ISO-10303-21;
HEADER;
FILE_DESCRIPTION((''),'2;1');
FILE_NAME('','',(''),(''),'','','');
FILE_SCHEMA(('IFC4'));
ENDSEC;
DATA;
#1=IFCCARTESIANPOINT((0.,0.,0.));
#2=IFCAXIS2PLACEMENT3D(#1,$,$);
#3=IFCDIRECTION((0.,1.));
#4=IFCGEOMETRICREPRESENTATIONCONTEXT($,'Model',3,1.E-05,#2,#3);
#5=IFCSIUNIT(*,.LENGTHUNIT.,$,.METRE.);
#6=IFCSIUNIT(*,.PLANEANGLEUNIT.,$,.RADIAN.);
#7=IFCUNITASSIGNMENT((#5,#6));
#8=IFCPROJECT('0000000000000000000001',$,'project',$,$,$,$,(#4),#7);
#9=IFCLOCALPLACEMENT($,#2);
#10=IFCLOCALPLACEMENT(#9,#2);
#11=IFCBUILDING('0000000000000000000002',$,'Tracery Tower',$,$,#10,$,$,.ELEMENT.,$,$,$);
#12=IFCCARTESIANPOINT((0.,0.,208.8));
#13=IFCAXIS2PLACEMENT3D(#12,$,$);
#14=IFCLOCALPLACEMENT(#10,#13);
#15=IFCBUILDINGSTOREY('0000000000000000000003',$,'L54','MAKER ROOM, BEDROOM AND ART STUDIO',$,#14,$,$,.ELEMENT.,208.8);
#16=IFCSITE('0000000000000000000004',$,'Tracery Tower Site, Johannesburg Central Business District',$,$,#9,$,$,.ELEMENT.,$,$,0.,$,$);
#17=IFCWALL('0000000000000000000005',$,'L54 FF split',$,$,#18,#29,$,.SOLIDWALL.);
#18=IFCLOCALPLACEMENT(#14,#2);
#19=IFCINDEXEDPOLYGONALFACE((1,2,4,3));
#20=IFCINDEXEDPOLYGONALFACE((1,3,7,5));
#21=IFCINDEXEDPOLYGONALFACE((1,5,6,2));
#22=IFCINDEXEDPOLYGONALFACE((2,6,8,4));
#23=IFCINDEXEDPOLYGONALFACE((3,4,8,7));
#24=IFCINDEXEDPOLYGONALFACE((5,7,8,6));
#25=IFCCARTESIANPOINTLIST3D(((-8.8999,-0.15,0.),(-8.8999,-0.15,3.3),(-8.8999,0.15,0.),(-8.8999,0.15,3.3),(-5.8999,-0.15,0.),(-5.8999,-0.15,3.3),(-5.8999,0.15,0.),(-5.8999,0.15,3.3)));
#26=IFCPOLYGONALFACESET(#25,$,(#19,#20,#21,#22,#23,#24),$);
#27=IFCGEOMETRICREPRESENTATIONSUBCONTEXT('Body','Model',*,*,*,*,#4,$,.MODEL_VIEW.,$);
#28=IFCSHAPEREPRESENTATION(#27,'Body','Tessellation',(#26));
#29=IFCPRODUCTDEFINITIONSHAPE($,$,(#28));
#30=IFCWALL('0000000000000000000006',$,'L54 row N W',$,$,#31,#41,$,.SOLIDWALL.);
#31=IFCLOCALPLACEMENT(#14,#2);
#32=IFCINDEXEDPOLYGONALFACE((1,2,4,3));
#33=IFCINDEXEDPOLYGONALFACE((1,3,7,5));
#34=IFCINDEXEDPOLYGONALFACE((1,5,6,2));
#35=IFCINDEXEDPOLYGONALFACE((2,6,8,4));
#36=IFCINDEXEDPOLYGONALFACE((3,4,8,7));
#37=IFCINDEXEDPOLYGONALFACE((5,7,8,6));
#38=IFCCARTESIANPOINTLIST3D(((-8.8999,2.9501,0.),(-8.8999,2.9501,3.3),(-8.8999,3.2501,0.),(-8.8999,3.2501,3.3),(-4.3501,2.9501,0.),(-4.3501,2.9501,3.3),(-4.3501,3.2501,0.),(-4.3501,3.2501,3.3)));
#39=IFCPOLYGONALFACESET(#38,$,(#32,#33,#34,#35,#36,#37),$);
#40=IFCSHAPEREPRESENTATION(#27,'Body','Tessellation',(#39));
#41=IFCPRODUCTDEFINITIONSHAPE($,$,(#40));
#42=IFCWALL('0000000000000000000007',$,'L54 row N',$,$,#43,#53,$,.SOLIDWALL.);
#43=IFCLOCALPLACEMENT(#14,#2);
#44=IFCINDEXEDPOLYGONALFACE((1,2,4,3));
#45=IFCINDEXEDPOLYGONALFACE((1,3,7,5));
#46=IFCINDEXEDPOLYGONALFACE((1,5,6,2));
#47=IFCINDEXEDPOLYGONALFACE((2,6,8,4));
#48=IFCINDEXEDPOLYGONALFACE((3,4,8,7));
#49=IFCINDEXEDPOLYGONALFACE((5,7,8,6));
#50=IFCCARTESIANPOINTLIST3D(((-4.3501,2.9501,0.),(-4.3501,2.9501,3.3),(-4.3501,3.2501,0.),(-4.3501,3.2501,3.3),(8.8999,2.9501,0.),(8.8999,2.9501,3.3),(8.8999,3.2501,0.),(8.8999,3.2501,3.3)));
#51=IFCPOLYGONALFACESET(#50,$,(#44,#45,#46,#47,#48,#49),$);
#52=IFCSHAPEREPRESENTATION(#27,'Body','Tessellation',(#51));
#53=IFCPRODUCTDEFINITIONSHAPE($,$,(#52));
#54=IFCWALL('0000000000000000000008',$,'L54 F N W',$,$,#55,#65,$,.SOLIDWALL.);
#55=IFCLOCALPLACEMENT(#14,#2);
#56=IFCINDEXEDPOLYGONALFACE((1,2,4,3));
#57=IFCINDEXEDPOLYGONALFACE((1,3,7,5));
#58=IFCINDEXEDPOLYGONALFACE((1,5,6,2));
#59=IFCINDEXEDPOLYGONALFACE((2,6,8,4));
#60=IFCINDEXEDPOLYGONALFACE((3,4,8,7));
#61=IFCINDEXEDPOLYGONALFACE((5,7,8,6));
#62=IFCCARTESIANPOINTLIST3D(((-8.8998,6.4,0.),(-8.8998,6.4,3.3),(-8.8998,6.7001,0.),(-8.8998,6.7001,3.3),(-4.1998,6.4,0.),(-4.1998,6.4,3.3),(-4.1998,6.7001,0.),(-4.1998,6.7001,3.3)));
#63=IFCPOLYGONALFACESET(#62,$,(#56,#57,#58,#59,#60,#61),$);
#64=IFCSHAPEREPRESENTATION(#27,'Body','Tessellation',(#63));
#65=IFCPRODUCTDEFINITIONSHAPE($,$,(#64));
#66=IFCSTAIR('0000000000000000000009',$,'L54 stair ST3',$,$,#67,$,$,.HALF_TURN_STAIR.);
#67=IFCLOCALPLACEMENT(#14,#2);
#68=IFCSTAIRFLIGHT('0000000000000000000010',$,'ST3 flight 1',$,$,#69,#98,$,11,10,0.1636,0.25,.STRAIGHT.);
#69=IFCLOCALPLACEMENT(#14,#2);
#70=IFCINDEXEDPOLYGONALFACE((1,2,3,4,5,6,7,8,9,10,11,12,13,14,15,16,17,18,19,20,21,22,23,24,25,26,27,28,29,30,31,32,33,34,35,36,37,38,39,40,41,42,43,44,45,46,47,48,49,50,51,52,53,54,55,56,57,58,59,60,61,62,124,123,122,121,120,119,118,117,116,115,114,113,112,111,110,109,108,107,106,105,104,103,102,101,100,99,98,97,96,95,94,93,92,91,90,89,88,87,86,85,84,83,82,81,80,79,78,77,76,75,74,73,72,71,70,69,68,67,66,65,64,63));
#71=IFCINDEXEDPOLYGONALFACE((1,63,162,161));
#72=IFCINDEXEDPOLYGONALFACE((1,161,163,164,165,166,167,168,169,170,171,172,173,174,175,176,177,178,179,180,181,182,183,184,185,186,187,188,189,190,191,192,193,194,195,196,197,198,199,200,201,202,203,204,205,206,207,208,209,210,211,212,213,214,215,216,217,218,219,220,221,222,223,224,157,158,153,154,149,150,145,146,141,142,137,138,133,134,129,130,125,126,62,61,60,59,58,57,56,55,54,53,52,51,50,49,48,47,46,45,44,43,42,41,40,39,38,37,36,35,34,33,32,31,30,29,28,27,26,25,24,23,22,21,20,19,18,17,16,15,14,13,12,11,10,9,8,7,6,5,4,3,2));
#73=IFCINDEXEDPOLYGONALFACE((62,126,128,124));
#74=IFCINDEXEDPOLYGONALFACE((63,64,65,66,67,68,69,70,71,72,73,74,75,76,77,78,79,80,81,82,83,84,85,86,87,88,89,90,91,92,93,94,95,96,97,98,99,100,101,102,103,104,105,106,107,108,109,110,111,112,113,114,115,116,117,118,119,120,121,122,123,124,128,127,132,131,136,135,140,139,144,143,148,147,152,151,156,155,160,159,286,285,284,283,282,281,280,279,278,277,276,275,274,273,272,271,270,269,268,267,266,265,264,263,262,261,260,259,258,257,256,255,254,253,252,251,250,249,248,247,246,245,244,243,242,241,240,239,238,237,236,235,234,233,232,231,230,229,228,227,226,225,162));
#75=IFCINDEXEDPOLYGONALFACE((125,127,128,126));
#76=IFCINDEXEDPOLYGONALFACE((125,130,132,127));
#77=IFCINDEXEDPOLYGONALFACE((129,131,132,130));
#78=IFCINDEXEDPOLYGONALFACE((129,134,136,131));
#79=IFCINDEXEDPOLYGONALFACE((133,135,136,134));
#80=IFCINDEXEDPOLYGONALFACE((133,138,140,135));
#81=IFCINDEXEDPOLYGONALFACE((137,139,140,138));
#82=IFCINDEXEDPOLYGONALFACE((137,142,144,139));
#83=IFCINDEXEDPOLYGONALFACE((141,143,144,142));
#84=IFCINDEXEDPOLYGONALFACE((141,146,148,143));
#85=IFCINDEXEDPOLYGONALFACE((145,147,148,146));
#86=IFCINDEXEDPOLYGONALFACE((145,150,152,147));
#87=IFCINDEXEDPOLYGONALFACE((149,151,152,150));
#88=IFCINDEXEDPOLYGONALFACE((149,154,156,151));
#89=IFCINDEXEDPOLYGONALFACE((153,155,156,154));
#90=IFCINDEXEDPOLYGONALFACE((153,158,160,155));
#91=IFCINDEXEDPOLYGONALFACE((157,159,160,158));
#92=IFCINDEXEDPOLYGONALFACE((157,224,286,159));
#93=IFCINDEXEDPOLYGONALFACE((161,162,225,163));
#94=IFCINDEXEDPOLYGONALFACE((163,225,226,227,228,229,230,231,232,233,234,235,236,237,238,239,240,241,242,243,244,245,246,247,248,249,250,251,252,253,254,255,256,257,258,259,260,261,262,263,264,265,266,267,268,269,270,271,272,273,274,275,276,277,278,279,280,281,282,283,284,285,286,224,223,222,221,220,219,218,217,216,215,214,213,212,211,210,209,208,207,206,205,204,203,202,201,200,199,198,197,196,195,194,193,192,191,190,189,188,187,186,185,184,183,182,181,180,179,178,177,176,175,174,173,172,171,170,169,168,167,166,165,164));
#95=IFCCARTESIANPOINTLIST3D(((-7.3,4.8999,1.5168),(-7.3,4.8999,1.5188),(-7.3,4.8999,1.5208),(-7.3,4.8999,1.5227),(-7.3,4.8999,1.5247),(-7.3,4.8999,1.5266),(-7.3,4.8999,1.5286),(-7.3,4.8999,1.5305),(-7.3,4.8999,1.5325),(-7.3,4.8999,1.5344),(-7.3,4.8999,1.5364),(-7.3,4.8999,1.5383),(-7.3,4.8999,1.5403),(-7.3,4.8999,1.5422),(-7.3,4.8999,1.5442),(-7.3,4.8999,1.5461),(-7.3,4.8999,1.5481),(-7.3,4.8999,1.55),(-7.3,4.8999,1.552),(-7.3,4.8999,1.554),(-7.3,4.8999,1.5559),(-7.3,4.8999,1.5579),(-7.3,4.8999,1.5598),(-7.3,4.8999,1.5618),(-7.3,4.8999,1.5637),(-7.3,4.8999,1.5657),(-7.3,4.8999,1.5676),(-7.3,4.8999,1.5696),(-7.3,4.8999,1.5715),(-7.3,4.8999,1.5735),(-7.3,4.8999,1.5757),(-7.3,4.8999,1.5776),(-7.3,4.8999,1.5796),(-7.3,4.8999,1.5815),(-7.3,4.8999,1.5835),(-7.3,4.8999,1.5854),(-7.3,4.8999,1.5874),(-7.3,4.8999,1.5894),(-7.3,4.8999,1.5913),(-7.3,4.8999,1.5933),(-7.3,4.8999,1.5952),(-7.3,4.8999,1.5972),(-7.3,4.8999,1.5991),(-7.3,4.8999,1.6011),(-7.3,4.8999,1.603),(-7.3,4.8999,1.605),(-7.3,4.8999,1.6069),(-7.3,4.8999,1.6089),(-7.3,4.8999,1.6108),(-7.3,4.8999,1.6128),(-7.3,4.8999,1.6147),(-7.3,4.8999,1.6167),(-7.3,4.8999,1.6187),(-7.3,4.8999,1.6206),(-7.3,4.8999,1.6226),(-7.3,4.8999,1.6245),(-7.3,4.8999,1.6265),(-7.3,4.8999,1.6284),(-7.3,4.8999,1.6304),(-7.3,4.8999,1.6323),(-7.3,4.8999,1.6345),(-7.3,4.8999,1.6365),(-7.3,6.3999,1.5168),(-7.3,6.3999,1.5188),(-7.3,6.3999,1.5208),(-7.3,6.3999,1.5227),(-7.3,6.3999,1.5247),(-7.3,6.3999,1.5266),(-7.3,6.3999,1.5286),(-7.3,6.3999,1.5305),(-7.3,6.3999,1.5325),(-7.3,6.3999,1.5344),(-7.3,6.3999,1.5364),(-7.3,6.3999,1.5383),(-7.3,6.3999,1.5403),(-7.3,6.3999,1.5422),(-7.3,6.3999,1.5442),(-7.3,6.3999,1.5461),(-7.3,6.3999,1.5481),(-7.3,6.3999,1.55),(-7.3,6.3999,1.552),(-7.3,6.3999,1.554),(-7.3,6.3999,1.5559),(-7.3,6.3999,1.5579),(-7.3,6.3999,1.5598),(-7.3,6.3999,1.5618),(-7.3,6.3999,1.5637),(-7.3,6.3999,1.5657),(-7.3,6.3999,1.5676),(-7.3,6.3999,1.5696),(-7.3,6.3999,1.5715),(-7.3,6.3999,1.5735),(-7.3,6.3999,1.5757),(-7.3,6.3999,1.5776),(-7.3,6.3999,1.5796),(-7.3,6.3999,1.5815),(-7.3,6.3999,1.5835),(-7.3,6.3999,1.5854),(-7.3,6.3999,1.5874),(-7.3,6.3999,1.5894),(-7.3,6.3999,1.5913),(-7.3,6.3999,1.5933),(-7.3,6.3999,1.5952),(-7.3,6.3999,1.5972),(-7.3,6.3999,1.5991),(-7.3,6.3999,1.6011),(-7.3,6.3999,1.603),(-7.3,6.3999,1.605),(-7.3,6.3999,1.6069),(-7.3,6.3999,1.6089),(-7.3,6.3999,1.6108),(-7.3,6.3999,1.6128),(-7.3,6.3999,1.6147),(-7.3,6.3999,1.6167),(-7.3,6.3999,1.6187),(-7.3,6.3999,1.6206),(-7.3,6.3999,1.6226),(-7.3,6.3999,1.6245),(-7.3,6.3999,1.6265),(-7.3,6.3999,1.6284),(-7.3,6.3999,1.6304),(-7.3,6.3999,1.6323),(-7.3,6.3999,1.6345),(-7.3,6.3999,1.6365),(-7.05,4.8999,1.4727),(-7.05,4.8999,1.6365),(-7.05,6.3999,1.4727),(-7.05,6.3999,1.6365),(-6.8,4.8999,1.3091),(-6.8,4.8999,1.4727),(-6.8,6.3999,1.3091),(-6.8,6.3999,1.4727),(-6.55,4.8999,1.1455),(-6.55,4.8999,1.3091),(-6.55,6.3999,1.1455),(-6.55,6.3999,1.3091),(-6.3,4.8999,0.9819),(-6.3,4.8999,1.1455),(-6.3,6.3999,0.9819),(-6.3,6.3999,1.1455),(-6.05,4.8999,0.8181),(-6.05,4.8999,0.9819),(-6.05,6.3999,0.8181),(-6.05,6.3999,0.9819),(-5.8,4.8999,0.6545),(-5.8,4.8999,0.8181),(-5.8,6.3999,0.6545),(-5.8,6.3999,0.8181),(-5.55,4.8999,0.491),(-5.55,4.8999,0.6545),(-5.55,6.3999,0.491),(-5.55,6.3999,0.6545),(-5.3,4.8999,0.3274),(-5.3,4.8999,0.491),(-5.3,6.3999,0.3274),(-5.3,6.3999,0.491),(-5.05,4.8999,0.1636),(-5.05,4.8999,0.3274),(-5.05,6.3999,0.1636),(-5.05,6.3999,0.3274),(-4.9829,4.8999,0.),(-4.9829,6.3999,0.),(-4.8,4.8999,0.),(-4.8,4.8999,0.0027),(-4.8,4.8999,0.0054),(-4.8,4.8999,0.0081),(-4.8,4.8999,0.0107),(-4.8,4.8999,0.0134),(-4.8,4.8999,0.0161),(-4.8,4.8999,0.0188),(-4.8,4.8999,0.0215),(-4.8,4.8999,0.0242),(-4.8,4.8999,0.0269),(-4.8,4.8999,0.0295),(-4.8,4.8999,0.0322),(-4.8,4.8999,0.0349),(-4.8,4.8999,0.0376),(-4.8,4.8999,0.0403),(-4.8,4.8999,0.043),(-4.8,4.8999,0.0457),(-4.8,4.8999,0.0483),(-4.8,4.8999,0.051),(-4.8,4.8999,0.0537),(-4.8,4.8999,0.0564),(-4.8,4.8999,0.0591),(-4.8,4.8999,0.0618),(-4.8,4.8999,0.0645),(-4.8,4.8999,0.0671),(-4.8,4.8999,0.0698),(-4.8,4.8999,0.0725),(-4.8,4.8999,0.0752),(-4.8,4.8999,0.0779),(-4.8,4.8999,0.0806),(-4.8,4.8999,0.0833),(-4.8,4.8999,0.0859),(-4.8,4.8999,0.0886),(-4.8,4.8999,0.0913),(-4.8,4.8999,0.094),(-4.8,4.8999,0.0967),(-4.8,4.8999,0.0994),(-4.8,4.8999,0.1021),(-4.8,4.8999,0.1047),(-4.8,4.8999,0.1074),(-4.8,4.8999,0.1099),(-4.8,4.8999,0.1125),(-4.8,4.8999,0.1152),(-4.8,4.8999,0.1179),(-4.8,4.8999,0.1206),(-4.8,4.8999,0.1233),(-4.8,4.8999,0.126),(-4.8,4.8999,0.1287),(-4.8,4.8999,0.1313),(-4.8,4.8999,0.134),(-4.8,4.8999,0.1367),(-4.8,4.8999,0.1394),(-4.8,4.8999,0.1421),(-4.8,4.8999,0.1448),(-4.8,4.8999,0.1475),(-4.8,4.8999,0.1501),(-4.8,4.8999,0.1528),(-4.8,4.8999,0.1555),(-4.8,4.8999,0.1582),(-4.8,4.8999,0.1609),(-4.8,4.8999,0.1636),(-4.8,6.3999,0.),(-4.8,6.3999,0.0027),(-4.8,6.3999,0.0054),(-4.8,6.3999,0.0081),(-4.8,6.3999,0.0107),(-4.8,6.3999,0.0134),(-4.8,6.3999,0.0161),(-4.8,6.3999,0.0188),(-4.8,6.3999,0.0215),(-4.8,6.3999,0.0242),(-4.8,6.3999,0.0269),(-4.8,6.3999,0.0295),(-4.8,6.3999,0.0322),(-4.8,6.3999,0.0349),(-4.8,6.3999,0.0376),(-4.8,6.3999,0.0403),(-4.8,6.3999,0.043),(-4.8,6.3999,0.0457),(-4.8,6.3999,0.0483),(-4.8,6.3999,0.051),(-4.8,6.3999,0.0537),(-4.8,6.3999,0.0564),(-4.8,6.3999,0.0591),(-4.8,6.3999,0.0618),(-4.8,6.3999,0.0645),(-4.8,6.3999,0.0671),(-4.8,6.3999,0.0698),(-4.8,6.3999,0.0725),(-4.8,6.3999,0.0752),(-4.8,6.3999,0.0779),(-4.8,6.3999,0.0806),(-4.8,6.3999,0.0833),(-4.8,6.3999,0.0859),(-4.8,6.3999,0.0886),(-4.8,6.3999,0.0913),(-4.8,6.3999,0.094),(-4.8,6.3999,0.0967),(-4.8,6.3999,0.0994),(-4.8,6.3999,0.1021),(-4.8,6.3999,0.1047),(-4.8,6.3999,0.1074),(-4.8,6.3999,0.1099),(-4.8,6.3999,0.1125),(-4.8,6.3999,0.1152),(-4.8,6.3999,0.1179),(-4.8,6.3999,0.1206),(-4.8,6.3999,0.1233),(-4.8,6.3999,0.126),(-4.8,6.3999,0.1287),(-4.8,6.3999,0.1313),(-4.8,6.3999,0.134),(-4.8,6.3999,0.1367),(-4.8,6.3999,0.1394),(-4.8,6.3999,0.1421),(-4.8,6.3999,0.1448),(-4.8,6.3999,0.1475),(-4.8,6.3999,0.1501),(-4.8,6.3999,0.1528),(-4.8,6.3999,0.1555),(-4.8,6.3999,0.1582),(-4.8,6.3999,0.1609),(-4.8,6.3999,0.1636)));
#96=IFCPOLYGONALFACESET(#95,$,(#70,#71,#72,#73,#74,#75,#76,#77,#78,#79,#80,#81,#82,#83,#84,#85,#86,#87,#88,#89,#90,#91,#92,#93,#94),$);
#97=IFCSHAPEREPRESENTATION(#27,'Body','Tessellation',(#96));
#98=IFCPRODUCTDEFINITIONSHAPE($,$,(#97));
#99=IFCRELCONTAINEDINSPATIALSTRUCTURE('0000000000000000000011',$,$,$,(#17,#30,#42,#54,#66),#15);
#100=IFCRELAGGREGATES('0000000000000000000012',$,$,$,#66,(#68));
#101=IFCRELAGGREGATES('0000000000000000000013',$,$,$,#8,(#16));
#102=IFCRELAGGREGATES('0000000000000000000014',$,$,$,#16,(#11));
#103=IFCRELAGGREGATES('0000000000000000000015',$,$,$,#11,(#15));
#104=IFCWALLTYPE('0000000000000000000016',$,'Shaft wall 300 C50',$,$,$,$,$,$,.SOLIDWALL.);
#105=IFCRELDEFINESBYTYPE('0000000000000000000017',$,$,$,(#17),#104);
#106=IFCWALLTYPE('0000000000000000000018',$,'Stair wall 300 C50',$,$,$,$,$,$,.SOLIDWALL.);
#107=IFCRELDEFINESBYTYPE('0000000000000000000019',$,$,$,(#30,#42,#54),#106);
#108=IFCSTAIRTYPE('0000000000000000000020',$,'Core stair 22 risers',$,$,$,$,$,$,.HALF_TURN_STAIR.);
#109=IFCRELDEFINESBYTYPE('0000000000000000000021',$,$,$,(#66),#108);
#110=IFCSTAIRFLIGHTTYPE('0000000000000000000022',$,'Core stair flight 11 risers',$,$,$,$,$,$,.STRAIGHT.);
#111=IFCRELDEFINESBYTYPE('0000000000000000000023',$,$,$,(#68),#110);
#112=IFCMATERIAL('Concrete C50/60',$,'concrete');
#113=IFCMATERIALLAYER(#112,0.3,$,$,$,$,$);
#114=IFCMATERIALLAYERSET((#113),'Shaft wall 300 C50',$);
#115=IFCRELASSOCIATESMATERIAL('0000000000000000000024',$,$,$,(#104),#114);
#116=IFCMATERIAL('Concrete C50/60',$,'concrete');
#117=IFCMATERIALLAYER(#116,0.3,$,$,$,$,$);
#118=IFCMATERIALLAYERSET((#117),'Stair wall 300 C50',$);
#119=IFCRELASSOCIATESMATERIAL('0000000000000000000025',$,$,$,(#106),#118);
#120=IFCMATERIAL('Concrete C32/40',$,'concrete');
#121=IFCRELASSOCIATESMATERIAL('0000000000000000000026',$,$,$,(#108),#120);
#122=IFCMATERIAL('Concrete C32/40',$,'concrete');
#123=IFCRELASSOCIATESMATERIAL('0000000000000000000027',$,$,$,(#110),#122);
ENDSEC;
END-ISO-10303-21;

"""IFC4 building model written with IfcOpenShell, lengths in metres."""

from ifc_helpers import new_model, si_unit, direction, frame, frame_2d, origin, place, context, subcontext, project, spatial, polyline, rectangle, outline, extrude, material, layer, layer_set, type_object, element, aggregate, save


model = new_model("IFC4")

# Units and contexts
model_context = context("Model", 3, precision=1e-05, world=origin(), true_north=direction((0.0, 1.0)))
body_context = subcontext(model_context, "Body", "Model", "MODEL_VIEW")
ifc_project = project(units=[si_unit("LENGTHUNIT", "METRE"), si_unit("PLANEANGLEUNIT", "RADIAN")], contexts=[model_context])

# Site, building, storey
site_placement = place(None, origin())
site = spatial("IfcSite", under=ifc_project, at=site_placement, Name="Tracery Tower Site, Johannesburg Central Business District", CompositionType="ELEMENT", RefElevation=0.0)
building_placement = place(site_placement, origin())
building = spatial("IfcBuilding", under=site, at=building_placement, Name="Tracery Tower", CompositionType="ELEMENT")
storey_placement = place(building_placement, frame((0.0, 0.0, 208.8)))
storey = spatial("IfcBuildingStorey", under=building, at=storey_placement, Name="L54", Description="MAKER ROOM, BEDROOM AND ART STUDIO", CompositionType="ELEMENT", Elevation=208.8)

# Wall
ifc_material_1 = material(Name="Concrete C50/60", Category="concrete")
ifc_layer_1 = layer(ifc_material_1, 0.3)
ifc_layer_set_1 = layer_set([ifc_layer_1], Name="Shaft wall 300 C50")
wall_type_1 = type_object("IfcWallType", Name="Shaft wall 300 C50", PredefinedType="SOLIDWALL", material=ifc_layer_set_1)
wall_1_placement = place(storey_placement, frame((-8.8999, 0.0, 0.0), z_axis=(0.0, 0.0, 1.0), x_axis=(1.0, 0.0, 0.0)))
element("IfcWall", 1, at=wall_1_placement, inside=storey, type_object=wall_type_1, Name="L54 FF split", PredefinedType="SOLIDWALL", context=body_context, shape_type="SweptSolid", body=[
    extrude(rectangle(XDim=3.0, YDim=0.3, at=frame_2d((1.5, 0.0))), origin(), (0.0, 0.0, 1.0), 3.3),
])

# Walls
ifc_material_2 = material(Name="Concrete C50/60", Category="concrete")
ifc_layer_2 = layer(ifc_material_2, 0.3)
ifc_layer_set_2 = layer_set([ifc_layer_2], Name="Stair wall 300 C50")
wall_type_2 = type_object("IfcWallType", Name="Stair wall 300 C50", PredefinedType="SOLIDWALL", material=ifc_layer_set_2)
wall_2_placement = place(storey_placement, frame((-8.8999, 3.1001, 0.0), z_axis=(0.0, 0.0, 1.0), x_axis=(1.0, 0.0, 0.0)))
element("IfcWall", 2, at=wall_2_placement, inside=storey, type_object=wall_type_2, Name="L54 row N W", PredefinedType="SOLIDWALL", context=body_context, shape_type="SweptSolid", body=[
    extrude(rectangle(XDim=4.5498, YDim=0.3, at=frame_2d((2.2749, 0.0))), origin(), (0.0, 0.0, 1.0), 3.3),
])
wall_3_placement = place(storey_placement, frame((-4.3501, 3.1001, 0.0), z_axis=(0.0, 0.0, 1.0), x_axis=(1.0, 0.0, 0.0)))
element("IfcWall", 3, at=wall_3_placement, inside=storey, type_object=wall_type_2, Name="L54 row N", PredefinedType="SOLIDWALL", context=body_context, shape_type="SweptSolid", body=[
    extrude(rectangle(XDim=13.25, YDim=0.3, at=frame_2d((6.625, 0.0))), origin(), (0.0, 0.0, 1.0), 3.3),
])
wall_4_placement = place(storey_placement, frame((-8.8999, 6.55, 0.0), z_axis=(0.0, 0.0, 1.0), x_axis=(1.0, 0.0, 0.0)))
element("IfcWall", 4, at=wall_4_placement, inside=storey, type_object=wall_type_2, Name="L54 F N W", PredefinedType="SOLIDWALL", context=body_context, shape_type="SweptSolid", body=[
    extrude(rectangle(XDim=4.7, YDim=0.3, at=frame_2d((2.3501, 0.0))), origin(), (0.0, 0.0, 1.0), 3.3),
])

# Stair, stair flight
ifc_material_3 = material(Name="Concrete C32/40", Category="concrete")
stair_type = type_object("IfcStairType", Name="Core stair 22 risers", PredefinedType="HALF_TURN_STAIR", material=ifc_material_3)
stair_placement = place(storey_placement, origin())
stair = element("IfcStair", 5, at=stair_placement, inside=storey, type_object=stair_type, Name="L54 stair ST3", PredefinedType="HALF_TURN_STAIR")
ifc_material_4 = material(Name="Concrete C32/40", Category="concrete")
stair_flight_type = type_object("IfcStairFlightType", Name="Core stair flight 11 risers", PredefinedType="STRAIGHT", material=ifc_material_4)
stair_flight_1_placement = place(storey_placement, frame((-4.8, 5.6499, 0.0), z_axis=(0.0, 0.0, 1.0), x_axis=(-1.0, 0.0, 0.0)))
stair_flight_1 = element("IfcStairFlight", 6, at=stair_flight_1_placement, type_object=stair_flight_type, Name="ST3 flight 1", NumberOfRisers=11, NumberOfTreads=10, PredefinedType="STRAIGHT", RiserHeight=0.1636, TreadLength=0.25, context=body_context, shape_type="SweptSolid", body=[
    extrude(outline(polyline([(0.0, 0.0), (0.0, 0.0027), (0.0, 0.0054), (0.0, 0.0081), (0.0, 0.0107), (0.0, 0.0134), (0.0, 0.0161), (0.0, 0.0188), (0.0, 0.0215), (0.0, 0.0242), (0.0, 0.0269), (0.0, 0.0295), (0.0, 0.0322), (0.0, 0.0349), (0.0, 0.0376), (0.0, 0.0403), (0.0, 0.043), (0.0, 0.0457), (0.0, 0.0483), (0.0, 0.051), (0.0, 0.0537), (0.0, 0.0564), (0.0, 0.0591), (0.0, 0.0618), (0.0, 0.0645), (0.0, 0.0671), (0.0, 0.0698), (0.0, 0.0725), (0.0, 0.0752), (0.0, 0.0779), (0.0, 0.0806), (0.0, 0.0833), (0.0, 0.0859), (0.0, 0.0886), (0.0, 0.0913), (0.0, 0.094), (0.0, 0.0967), (0.0, 0.0994), (0.0, 0.1021), (0.0, 0.1047), (0.0, 0.1074), (0.0, 0.1099), (0.0, 0.1125), (0.0, 0.1152), (0.0, 0.1179), (0.0, 0.1206), (0.0, 0.1233), (0.0, 0.126), (0.0, 0.1287), (0.0, 0.1313), (0.0, 0.134), (0.0, 0.1367), (0.0, 0.1394), (0.0, 0.1421), (0.0, 0.1448), (0.0, 0.1475), (0.0, 0.1501), (0.0, 0.1528), (0.0, 0.1555), (0.0, 0.1582), (0.0, 0.1609), (0.0, 0.1636), (0.25, 0.1636), (0.25, 0.3274), (0.5, 0.3274), (0.5, 0.491), (0.75, 0.491), (0.75, 0.6545), (1.0, 0.6545), (1.0, 0.8181), (1.25, 0.8181), (1.25, 0.9819), (1.5, 0.9819), (1.5, 1.1455), (1.75, 1.1455), (1.75, 1.3091), (2.0, 1.3091), (2.0, 1.4727), (2.25, 1.4727), (2.25, 1.6365), (2.5, 1.6365), (2.5, 1.6345), (2.5, 1.6323), (2.5, 1.6304), (2.5, 1.6284), (2.5, 1.6265), (2.5, 1.6245), (2.5, 1.6226), (2.5, 1.6206), (2.5, 1.6187), (2.5, 1.6167), (2.5, 1.6147), (2.5, 1.6128), (2.5, 1.6108), (2.5, 1.6089), (2.5, 1.6069), (2.5, 1.605), (2.5, 1.603), (2.5, 1.6011), (2.5, 1.5991), (2.5, 1.5972), (2.5, 1.5952), (2.5, 1.5933), (2.5, 1.5913), (2.5, 1.5894), (2.5, 1.5874), (2.5, 1.5854), (2.5, 1.5835), (2.5, 1.5815), (2.5, 1.5796), (2.5, 1.5776), (2.5, 1.5757), (2.5, 1.5735), (2.5, 1.5715), (2.5, 1.5696), (2.5, 1.5676), (2.5, 1.5657), (2.5, 1.5637), (2.5, 1.5618), (2.5, 1.5598), (2.5, 1.5579), (2.5, 1.5559), (2.5, 1.554), (2.5, 1.552), (2.5, 1.55), (2.5, 1.5481), (2.5, 1.5461), (2.5, 1.5442), (2.5, 1.5422), (2.5, 1.5403), (2.5, 1.5383), (2.5, 1.5364), (2.5, 1.5344), (2.5, 1.5325), (2.5, 1.5305), (2.5, 1.5286), (2.5, 1.5266), (2.5, 1.5247), (2.5, 1.5227), (2.5, 1.5208), (2.5, 1.5188), (2.5, 1.5168), (0.1829, 0.0), (0.0, 0.0)])), frame((0.0, 0.75, 0.0), z_axis=(0.0, -1.0, 0.0), x_axis=(1.0, 0.0, 0.0)), (0.0, 0.0, 1.0), 1.5),
])
aggregate(stair, [stair_flight_1])

save(model, "model.ifc")
